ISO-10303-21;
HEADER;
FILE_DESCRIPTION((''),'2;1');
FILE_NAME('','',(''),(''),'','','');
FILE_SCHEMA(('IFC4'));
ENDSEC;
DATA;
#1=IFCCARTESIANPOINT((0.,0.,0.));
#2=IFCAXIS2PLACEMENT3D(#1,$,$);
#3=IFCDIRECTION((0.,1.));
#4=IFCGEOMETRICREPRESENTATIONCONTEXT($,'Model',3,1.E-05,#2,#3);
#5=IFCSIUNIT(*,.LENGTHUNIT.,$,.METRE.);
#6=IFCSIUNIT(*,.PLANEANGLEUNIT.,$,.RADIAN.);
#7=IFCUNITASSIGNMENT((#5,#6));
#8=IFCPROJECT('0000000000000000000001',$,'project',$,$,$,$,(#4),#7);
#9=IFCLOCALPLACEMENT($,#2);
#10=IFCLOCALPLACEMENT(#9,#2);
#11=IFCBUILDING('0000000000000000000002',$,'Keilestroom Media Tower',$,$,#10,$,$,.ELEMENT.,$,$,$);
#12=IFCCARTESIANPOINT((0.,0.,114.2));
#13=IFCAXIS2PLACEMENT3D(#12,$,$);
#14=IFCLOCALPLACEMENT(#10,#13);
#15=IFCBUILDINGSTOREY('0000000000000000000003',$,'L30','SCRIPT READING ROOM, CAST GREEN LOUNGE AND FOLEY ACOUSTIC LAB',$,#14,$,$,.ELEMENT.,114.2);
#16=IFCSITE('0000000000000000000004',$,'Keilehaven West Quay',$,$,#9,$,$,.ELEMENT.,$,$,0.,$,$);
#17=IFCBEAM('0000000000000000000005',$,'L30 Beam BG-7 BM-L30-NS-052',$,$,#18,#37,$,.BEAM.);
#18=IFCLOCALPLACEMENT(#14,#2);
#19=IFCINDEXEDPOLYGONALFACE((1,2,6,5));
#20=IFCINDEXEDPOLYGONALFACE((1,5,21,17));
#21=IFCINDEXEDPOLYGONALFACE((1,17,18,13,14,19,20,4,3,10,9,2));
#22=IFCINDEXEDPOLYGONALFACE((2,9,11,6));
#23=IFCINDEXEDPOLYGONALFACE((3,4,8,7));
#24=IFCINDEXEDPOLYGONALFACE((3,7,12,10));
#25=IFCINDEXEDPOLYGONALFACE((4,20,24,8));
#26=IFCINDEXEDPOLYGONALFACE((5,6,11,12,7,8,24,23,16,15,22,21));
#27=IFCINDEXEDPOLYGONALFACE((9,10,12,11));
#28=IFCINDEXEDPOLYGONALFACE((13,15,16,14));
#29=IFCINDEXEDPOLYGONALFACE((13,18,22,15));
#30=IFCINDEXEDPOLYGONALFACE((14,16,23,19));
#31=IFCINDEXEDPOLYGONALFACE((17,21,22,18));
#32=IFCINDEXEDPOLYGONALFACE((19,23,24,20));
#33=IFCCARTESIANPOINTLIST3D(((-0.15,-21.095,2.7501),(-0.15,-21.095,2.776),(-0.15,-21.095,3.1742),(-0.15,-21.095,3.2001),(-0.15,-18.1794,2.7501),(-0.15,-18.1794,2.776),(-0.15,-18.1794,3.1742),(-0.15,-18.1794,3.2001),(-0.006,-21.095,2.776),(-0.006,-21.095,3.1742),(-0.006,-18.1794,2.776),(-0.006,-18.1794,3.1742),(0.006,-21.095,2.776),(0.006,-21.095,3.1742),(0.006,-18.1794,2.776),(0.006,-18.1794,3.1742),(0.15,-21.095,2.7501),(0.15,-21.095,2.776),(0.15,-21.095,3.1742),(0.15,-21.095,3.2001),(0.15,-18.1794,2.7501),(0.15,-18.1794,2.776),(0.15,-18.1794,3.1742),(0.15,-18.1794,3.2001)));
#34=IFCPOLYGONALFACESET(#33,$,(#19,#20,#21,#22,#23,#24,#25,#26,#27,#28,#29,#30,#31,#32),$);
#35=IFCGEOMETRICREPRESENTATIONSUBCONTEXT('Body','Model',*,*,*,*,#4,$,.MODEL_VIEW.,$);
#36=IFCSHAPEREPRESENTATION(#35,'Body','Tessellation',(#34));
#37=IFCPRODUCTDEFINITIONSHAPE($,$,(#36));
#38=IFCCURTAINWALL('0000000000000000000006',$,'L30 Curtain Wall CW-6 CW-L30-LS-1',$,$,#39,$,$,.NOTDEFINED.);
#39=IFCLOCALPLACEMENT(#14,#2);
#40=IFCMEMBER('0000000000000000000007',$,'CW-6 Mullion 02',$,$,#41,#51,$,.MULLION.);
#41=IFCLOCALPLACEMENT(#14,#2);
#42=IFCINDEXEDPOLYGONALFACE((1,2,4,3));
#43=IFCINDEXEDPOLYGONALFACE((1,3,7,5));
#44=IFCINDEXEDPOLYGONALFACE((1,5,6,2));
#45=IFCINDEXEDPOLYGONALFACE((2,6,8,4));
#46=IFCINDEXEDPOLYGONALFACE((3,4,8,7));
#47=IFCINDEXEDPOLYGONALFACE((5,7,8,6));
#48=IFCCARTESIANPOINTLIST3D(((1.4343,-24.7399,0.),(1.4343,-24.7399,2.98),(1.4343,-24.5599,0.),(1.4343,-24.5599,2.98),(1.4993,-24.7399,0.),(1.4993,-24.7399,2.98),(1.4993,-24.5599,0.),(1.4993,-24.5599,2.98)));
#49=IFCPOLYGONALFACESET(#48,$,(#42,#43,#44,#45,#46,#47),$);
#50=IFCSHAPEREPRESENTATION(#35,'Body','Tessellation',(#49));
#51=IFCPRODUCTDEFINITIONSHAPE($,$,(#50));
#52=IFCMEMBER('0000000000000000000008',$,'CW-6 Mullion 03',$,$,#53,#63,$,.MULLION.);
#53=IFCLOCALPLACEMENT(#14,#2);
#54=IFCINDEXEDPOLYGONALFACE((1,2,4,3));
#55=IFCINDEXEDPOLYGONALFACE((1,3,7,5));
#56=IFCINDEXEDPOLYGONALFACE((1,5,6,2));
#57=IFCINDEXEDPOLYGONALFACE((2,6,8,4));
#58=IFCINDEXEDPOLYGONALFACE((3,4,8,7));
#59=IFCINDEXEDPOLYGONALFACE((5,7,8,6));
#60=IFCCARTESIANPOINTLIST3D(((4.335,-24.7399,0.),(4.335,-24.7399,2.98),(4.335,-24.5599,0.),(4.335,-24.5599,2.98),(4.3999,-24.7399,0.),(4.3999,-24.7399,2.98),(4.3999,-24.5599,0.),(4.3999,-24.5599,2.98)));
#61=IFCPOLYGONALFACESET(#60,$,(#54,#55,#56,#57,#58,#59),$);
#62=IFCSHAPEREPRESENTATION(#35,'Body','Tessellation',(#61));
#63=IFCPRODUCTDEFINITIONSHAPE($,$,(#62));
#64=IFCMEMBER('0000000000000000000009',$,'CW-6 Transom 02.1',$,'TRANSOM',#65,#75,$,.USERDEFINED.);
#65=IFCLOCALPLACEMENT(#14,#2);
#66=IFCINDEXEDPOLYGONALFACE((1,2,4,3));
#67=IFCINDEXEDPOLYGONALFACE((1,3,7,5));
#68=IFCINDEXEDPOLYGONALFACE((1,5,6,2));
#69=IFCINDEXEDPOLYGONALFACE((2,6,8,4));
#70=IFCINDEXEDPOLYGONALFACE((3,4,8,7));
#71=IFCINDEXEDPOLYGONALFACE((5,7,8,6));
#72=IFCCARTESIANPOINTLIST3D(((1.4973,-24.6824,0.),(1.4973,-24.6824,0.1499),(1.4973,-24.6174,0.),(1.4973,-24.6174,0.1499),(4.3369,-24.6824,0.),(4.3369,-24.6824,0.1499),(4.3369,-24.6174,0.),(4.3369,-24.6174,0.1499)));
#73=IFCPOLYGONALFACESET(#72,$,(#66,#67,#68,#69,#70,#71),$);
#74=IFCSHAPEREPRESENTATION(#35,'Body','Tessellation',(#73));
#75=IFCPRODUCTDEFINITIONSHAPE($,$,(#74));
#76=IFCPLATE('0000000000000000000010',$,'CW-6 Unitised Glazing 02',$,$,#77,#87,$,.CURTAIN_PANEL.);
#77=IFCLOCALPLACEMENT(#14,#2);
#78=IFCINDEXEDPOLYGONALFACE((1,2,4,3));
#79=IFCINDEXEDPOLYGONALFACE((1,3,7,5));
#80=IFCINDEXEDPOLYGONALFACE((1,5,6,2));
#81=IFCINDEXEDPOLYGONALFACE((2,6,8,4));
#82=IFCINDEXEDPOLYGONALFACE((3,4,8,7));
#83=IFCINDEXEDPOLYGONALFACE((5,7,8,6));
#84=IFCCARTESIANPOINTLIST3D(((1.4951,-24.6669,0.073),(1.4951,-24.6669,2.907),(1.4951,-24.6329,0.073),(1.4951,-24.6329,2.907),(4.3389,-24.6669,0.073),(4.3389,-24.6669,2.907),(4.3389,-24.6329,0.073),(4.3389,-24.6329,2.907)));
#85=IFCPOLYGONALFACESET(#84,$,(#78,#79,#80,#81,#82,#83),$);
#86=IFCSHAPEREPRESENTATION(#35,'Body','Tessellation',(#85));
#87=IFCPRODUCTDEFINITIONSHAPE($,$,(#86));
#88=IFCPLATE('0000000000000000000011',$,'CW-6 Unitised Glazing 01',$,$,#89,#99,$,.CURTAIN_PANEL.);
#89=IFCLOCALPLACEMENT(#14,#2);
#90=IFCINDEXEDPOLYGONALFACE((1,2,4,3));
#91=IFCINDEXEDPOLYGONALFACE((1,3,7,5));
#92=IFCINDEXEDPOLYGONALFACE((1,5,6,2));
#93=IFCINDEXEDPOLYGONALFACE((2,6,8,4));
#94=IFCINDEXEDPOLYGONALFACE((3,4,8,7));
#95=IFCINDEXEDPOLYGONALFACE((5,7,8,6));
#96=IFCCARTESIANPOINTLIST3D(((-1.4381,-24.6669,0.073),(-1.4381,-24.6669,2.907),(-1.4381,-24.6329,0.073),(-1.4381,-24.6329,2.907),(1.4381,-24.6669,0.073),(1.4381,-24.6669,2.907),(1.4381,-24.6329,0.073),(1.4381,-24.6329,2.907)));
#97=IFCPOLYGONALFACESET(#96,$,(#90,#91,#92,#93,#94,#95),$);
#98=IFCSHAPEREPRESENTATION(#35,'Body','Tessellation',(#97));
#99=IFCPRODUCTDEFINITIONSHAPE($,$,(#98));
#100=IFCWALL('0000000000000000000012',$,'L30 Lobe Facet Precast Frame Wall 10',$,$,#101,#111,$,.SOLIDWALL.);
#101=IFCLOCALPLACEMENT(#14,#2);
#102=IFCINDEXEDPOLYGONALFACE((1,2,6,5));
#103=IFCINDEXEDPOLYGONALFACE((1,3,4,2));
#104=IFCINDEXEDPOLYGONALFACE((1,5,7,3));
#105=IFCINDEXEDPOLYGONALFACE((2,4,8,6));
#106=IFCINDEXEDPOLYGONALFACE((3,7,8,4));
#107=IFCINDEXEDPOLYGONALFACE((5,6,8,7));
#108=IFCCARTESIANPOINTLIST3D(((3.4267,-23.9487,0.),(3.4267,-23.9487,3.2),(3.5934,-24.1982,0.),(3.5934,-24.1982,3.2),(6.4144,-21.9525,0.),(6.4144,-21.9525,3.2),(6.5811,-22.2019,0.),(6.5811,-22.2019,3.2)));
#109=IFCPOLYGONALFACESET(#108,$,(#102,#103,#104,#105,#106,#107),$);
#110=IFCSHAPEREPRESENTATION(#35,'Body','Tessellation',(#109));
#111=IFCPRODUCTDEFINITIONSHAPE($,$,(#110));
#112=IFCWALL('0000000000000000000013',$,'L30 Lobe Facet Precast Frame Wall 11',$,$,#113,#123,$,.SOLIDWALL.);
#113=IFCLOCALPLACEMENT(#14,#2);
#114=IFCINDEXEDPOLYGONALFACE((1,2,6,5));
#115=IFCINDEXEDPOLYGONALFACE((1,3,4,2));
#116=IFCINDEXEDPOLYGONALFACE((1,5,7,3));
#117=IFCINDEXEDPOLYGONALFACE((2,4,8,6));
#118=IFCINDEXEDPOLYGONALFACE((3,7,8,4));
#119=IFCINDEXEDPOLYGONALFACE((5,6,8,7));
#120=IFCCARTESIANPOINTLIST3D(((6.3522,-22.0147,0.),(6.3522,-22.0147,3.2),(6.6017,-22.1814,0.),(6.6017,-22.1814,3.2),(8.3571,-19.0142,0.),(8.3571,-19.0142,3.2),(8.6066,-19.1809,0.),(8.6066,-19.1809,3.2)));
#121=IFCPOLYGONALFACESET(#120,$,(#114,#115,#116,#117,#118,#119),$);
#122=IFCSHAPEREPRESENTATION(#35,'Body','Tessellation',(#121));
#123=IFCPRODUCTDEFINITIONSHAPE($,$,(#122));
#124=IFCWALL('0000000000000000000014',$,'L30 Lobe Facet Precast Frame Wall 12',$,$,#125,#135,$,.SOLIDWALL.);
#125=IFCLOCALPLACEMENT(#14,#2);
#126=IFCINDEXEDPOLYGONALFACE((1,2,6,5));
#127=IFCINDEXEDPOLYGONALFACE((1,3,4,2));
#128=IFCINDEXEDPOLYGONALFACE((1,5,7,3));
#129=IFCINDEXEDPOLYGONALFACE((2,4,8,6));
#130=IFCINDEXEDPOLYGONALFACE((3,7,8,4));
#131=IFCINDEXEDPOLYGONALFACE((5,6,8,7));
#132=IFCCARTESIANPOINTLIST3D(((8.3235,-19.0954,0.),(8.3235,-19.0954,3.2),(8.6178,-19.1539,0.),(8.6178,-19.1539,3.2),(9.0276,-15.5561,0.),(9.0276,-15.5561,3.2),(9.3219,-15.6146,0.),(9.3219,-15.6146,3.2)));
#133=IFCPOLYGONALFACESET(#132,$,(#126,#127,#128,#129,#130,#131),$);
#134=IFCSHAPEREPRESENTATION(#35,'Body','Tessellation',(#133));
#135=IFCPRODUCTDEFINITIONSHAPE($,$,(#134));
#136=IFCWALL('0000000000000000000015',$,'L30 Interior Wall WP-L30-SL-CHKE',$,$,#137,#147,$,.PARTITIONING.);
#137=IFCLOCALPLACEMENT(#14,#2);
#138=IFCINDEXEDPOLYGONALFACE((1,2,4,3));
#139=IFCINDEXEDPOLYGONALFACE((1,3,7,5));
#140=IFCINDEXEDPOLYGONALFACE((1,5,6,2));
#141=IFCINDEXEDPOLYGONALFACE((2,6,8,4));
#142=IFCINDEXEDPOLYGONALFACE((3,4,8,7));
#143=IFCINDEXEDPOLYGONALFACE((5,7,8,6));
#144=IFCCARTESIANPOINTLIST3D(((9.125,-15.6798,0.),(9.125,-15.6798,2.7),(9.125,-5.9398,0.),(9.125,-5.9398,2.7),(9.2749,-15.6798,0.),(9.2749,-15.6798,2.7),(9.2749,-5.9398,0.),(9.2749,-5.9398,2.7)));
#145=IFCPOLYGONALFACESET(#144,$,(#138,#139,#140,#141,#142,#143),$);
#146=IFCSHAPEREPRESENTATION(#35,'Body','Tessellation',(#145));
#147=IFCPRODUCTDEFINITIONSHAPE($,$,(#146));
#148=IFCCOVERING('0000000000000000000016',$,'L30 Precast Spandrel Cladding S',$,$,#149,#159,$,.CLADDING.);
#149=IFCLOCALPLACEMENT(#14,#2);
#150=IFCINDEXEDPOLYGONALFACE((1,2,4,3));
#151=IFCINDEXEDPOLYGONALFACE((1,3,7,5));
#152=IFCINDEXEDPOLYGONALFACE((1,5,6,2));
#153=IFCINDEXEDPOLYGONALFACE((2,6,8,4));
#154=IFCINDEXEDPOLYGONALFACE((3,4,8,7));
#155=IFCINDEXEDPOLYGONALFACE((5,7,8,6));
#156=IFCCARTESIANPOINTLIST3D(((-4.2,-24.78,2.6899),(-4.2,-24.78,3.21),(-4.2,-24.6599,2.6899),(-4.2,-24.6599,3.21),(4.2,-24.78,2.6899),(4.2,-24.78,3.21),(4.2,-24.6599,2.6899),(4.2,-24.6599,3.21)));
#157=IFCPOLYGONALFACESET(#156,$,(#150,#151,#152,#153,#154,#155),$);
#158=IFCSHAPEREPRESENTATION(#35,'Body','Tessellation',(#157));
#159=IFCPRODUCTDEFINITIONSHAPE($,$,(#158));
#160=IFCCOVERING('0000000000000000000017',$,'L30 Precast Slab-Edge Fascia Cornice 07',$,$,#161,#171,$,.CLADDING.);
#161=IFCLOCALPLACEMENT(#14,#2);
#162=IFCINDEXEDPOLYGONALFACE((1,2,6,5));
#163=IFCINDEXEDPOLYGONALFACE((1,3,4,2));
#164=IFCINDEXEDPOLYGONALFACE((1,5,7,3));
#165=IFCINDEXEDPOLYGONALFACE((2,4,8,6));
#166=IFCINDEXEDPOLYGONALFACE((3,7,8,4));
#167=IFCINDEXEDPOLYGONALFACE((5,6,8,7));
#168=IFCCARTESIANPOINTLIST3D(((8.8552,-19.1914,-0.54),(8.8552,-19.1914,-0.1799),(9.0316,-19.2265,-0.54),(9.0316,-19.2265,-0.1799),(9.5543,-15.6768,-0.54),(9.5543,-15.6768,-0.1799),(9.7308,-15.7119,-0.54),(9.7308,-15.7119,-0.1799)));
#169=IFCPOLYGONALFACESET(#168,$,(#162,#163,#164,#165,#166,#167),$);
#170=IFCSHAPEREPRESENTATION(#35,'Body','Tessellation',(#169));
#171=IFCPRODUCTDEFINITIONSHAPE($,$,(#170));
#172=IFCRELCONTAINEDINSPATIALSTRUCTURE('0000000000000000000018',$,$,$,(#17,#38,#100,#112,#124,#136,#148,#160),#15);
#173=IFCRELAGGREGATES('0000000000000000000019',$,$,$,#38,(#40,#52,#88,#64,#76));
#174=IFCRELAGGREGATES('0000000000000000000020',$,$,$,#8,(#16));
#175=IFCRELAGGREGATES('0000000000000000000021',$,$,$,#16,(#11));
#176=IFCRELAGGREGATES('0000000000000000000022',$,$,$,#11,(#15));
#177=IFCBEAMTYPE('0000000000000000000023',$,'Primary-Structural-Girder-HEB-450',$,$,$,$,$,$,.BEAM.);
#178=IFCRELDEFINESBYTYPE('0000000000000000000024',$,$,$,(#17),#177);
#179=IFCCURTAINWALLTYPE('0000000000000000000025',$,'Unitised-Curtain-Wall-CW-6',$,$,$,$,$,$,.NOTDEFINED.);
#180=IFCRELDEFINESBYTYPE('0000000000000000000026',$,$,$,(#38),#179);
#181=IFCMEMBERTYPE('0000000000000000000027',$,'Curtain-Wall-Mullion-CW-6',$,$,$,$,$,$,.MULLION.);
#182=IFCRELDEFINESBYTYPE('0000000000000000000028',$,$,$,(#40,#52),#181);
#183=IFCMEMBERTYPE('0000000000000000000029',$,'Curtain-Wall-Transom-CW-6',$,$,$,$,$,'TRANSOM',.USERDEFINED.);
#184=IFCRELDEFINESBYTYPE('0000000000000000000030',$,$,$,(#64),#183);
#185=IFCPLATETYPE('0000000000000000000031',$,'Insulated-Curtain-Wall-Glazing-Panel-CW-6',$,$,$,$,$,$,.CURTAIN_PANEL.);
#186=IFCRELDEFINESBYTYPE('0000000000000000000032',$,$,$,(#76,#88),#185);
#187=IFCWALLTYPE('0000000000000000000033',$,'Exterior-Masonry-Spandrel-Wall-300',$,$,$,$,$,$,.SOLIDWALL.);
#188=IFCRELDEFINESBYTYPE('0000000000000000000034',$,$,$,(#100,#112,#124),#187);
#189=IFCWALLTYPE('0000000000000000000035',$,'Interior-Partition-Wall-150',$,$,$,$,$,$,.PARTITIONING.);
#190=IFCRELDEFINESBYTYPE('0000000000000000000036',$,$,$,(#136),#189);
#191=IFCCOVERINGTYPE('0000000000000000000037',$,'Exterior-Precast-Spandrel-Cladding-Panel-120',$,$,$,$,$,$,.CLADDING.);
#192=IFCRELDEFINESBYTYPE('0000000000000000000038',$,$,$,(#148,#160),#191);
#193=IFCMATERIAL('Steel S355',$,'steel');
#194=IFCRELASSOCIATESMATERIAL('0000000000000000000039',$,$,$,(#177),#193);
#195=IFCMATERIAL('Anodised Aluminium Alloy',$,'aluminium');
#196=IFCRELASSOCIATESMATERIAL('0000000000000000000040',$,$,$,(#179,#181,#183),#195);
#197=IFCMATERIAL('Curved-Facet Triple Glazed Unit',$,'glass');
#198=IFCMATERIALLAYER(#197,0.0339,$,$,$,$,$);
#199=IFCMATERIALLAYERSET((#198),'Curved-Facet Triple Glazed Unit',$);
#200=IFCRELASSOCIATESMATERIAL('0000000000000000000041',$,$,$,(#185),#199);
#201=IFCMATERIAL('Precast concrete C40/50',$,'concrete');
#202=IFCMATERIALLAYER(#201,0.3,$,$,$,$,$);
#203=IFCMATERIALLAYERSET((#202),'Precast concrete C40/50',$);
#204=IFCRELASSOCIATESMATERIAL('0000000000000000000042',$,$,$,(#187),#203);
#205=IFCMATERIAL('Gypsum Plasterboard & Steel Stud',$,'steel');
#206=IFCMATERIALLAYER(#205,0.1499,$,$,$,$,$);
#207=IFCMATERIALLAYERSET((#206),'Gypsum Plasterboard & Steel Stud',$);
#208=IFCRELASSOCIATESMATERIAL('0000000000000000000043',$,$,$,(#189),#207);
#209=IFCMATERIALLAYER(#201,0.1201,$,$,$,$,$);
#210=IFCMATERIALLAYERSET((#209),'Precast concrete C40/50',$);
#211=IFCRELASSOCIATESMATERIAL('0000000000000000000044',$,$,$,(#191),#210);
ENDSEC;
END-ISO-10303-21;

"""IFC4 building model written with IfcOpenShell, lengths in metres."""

from ifc_helpers import new_model, si_unit, direction, frame, frame_2d, origin, origin_2d, place, context, subcontext, project, spatial, rectangle, i_section, extrude, source, transform, mapped, material, layer, layer_set, material_profile, profile_set, type_object, element, aggregate, save


model = new_model("IFC4")

# Units and contexts
model_context = context("Model", 3, precision=1e-05, world=origin(), true_north=direction((0.0, 1.0)))
body_context = subcontext(model_context, "Body", "Model", "MODEL_VIEW")
ifc_project = project(units=[si_unit("LENGTHUNIT", "METRE"), si_unit("PLANEANGLEUNIT", "RADIAN")], contexts=[model_context])

# Site, building, storey
site_placement = place(None, origin())
site = spatial("IfcSite", under=ifc_project, at=site_placement, Name="Keilehaven West Quay", CompositionType="ELEMENT", RefElevation=0.0)
building_placement = place(site_placement, origin())
building = spatial("IfcBuilding", under=site, at=building_placement, Name="Keilestroom Media Tower", CompositionType="ELEMENT")
storey_placement = place(building_placement, frame((0.0, 0.0, 114.2)))
storey = spatial("IfcBuildingStorey", under=building, at=storey_placement, Name="L30", Description="SCRIPT READING ROOM, CAST GREEN LOUNGE AND FOLEY ACOUSTIC LAB", CompositionType="ELEMENT", Elevation=114.2)

# Shared definitions
ifc_material_1 = material(Name="Steel S355", Category="steel")

# Beam
ifc_material_profile_1 = material_profile(ifc_material_1, i_section(OverallWidth=0.3, OverallDepth=0.45, WebThickness=0.012, FlangeThickness=0.0259, at=origin_2d()), Name="HEB 450")
ifc_profile_set_1 = profile_set([ifc_material_profile_1], Name="Steel S355")
beam_type_1 = type_object("IfcBeamType", Name="Primary-Structural-Girder-HEB-450", PredefinedType="BEAM", material=ifc_profile_set_1)
shared_shape_1 = source(origin(), body_context, "Body", "SweptSolid", [
    extrude(i_section(OverallWidth=0.3, OverallDepth=0.45, WebThickness=0.012, FlangeThickness=0.0259, at=origin_2d()), origin(), (0.0, 0.0, 1.0), 2.9155),
])
beam_1_placement = place(storey_placement, frame((0.0, -21.095, 2.9751), z_axis=(0.0, 1.0, 0.0), x_axis=(-1.0, 0.0, 0.0)))
element("IfcBeam", 1, at=beam_1_placement, inside=storey, type_object=beam_type_1, Name="L30 Beam BG-7 BM-L30-NS-052", PredefinedType="BEAM", context=body_context, shape_type="MappedRepresentation", body=[
    mapped(shared_shape_1, transform((0.0, 0.0, 0.0), x_axis=(1.0, 0.0, 0.0), y_axis=(0.0, 1.0, 0.0), z_axis=(0.0, 0.0, 1.0), scale=1.0)),
])

# Curtain wall, members, plates
ifc_material_2 = material(Name="Anodised Aluminium Alloy", Category="aluminium")
curtain_wall_type = type_object("IfcCurtainWallType", Name="Unitised-Curtain-Wall-CW-6", PredefinedType="NOTDEFINED", material=ifc_material_2)
curtain_wall_placement = place(storey_placement, origin())
curtain_wall = element("IfcCurtainWall", 2, at=curtain_wall_placement, inside=storey, type_object=curtain_wall_type, Name="L30 Curtain Wall CW-6 CW-L30-LS-1", PredefinedType="NOTDEFINED")
ifc_material_profile_2 = material_profile(ifc_material_2, rectangle(XDim=0.0649, YDim=0.1799, at=origin_2d()), Name="ALU MULLION 65x180")
ifc_profile_set_2 = profile_set([ifc_material_profile_2], Name="Anodised Aluminium Alloy")
member_type_1 = type_object("IfcMemberType", Name="Curtain-Wall-Mullion-CW-6", PredefinedType="MULLION", material=ifc_profile_set_2)
shared_shape_2 = source(origin(), body_context, "Body", "SweptSolid", [
    extrude(rectangle(XDim=0.0649, YDim=0.1799, at=origin_2d()), origin(), (0.0, 0.0, 1.0), 2.98),
])
member_1_placement = place(storey_placement, frame((1.4668, -24.6499, 0.0), z_axis=(0.0, 0.0, 1.0), x_axis=(1.0, 0.0, 0.0)))
member_1 = element("IfcMember", 3, at=member_1_placement, type_object=member_type_1, Name="CW-6 Mullion 02", PredefinedType="MULLION", context=body_context, shape_type="MappedRepresentation", body=[
    mapped(shared_shape_2, transform((0.0, 0.0, 0.0), x_axis=(1.0, 0.0, 0.0), y_axis=(0.0, 1.0, 0.0), z_axis=(0.0, 0.0, 1.0), scale=1.0)),
])
member_2_placement = place(storey_placement, frame((4.3674, -24.6499, 0.0), z_axis=(0.0, 0.0, 1.0), x_axis=(1.0, 0.0, 0.0)))
member_2 = element("IfcMember", 4, at=member_2_placement, type_object=member_type_1, Name="CW-6 Mullion 03", PredefinedType="MULLION", context=body_context, shape_type="MappedRepresentation", body=[
    mapped(shared_shape_2, transform((0.0, 0.0, 0.0), x_axis=(1.0, 0.0, 0.0), y_axis=(0.0, 1.0, 0.0), z_axis=(0.0, 0.0, 1.0), scale=1.0)),
])
ifc_material_profile_3 = material_profile(ifc_material_2, rectangle(XDim=0.0649, YDim=0.1499, at=origin_2d()), Name="ALU TRANSOM 65x150")
ifc_profile_set_3 = profile_set([ifc_material_profile_3], Name="Anodised Aluminium Alloy")
member_type_2 = type_object("IfcMemberType", Name="Curtain-Wall-Transom-CW-6", ElementType="TRANSOM", PredefinedType="USERDEFINED", material=ifc_profile_set_3)
shared_shape_3 = source(origin(), body_context, "Body", "SweptSolid", [
    extrude(rectangle(XDim=0.0649, YDim=0.1499, at=origin_2d()), origin(), (0.0, 0.0, 1.0), 2.8396),
])
member_3_placement = place(storey_placement, frame((1.4973, -24.6499, 0.075), z_axis=(1.0, 0.0, 0.0), x_axis=(0.0, 1.0, 0.0)))
member_3 = element("IfcMember", 5, at=member_3_placement, type_object=member_type_2, Name="CW-6 Transom 02.1", ObjectType="TRANSOM", PredefinedType="USERDEFINED", context=body_context, shape_type="MappedRepresentation", body=[
    mapped(shared_shape_3, transform((0.0, 0.0, 0.0), x_axis=(1.0, 0.0, 0.0), y_axis=(0.0, 1.0, 0.0), z_axis=(0.0, 0.0, 1.0), scale=1.0)),
])
ifc_material_3 = material(Name="Curved-Facet Triple Glazed Unit", Category="glass")
ifc_layer_1 = layer(ifc_material_3, 0.0339)
ifc_layer_set_1 = layer_set([ifc_layer_1], Name="Curved-Facet Triple Glazed Unit")
plate_type = type_object("IfcPlateType", Name="Insulated-Curtain-Wall-Glazing-Panel-CW-6", PredefinedType="CURTAIN_PANEL", material=ifc_layer_set_1)
shared_shape_4 = source(origin(), body_context, "Body", "SweptSolid", [
    extrude(rectangle(XDim=2.8438, YDim=0.0339, at=origin_2d()), origin(), (0.0, 0.0, 1.0), 2.834),
])
plate_1_placement = place(storey_placement, frame((2.917, -24.6499, 0.073), z_axis=(0.0, 0.0, 1.0), x_axis=(1.0, 0.0, 0.0)))
plate_1 = element("IfcPlate", 6, at=plate_1_placement, type_object=plate_type, Name="CW-6 Unitised Glazing 02", PredefinedType="CURTAIN_PANEL", context=body_context, shape_type="MappedRepresentation", body=[
    mapped(shared_shape_4, transform((0.0, 0.0, 0.0), x_axis=(1.0, 0.0, 0.0), y_axis=(0.0, 1.0, 0.0), z_axis=(0.0, 0.0, 1.0), scale=1.0)),
])
shared_shape_5 = source(origin(), body_context, "Body", "SweptSolid", [
    extrude(rectangle(XDim=2.8762, YDim=0.0339, at=origin_2d()), origin(), (0.0, 0.0, 1.0), 2.834),
])
plate_2_placement = place(storey_placement, frame((0.0, -24.6499, 0.073), z_axis=(0.0, 0.0, 1.0), x_axis=(1.0, 0.0, 0.0)))
plate_2 = element("IfcPlate", 7, at=plate_2_placement, type_object=plate_type, Name="CW-6 Unitised Glazing 01", PredefinedType="CURTAIN_PANEL", context=body_context, shape_type="MappedRepresentation", body=[
    mapped(shared_shape_5, transform((0.0, 0.0, 0.0), x_axis=(1.0, 0.0, 0.0), y_axis=(0.0, 1.0, 0.0), z_axis=(0.0, 0.0, 1.0), scale=1.0)),
])
aggregate(curtain_wall, [member_1, member_2, plate_2, member_3, plate_1])

# Walls
ifc_material_4 = material(Name="Precast concrete C40/50", Category="concrete")
ifc_layer_2 = layer(ifc_material_4, 0.3)
ifc_layer_set_2 = layer_set([ifc_layer_2], Name="Precast concrete C40/50")
wall_type_1 = type_object("IfcWallType", Name="Exterior-Masonry-Spandrel-Wall-300", PredefinedType="SOLIDWALL", material=ifc_layer_set_2)
wall_1_placement = place(storey_placement, frame((3.51, -24.0735, 0.0), z_axis=(0.0, 0.0, 1.0), x_axis=(0.831475, 0.555562, 0.0)))
element("IfcWall", 8, at=wall_1_placement, inside=storey, type_object=wall_type_1, Name="L30 Lobe Facet Precast Frame Wall 10", PredefinedType="SOLIDWALL", context=body_context, shape_type="SweptSolid", body=[
    extrude(rectangle(XDim=3.5933, YDim=0.3, at=frame_2d((1.7966, 0.0))), origin(), (0.0, 0.0, 1.0), 3.2),
])
for number, where, z_axis, x_axis, name in (
    (9, (6.4771, -22.0979, 0.0), (0.0, 0.0, 1.0), (0.555574, 0.831467, 0.0), "L30 Lobe Facet Precast Frame Wall 11"),
    (10, (8.4707, -19.1245, 0.0), (0.0, 0.0, 1.0), (0.195114, 0.980781, 0.0), "L30 Lobe Facet Precast Frame Wall 12"),
):
    element("IfcWall", number, at=place(storey_placement, frame(where, z_axis=z_axis, x_axis=x_axis)), inside=storey, type_object=wall_type_1, Name=name, PredefinedType="SOLIDWALL", context=body_context, shape_type="SweptSolid", body=[
        extrude(rectangle(XDim=3.6086, YDim=0.3, at=frame_2d((1.8042, 0.0))), origin(), (0.0, 0.0, 1.0), 3.2),
    ])
ifc_material_5 = material(Name="Gypsum Plasterboard & Steel Stud", Category="steel")
ifc_layer_3 = layer(ifc_material_5, 0.1499)
ifc_layer_set_3 = layer_set([ifc_layer_3], Name="Gypsum Plasterboard & Steel Stud")
wall_type_2 = type_object("IfcWallType", Name="Interior-Partition-Wall-150", PredefinedType="PARTITIONING", material=ifc_layer_set_3)
wall_2_placement = place(storey_placement, frame((9.2, -15.6799, 0.0), z_axis=(0.0, 0.0, 1.0), x_axis=(0.0, 1.0, 0.0)))
element("IfcWall", 11, at=wall_2_placement, inside=storey, type_object=wall_type_2, Name="L30 Interior Wall WP-L30-SL-CHKE", PredefinedType="PARTITIONING", context=body_context, shape_type="SweptSolid", body=[
    extrude(rectangle(XDim=9.74, YDim=0.1499, at=frame_2d((4.8701, 0.0))), origin(), (0.0, 0.0, 1.0), 2.7),
])

# Coverings
ifc_layer_4 = layer(ifc_material_4, 0.1201)
ifc_layer_set_4 = layer_set([ifc_layer_4], Name="Precast concrete C40/50")
covering_type = type_object("IfcCoveringType", Name="Exterior-Precast-Spandrel-Cladding-Panel-120", PredefinedType="CLADDING", material=ifc_layer_set_4)
shared_shape_6 = source(origin(), body_context, "Body", "SweptSolid", [
    extrude(rectangle(XDim=8.3999, YDim=0.1201, at=origin_2d()), origin(), (0.0, 0.0, 1.0), 0.52),
])
covering_1_placement = place(storey_placement, frame((0.0, -24.72, 2.6899), z_axis=(0.0, 0.0, 1.0), x_axis=(1.0, 0.0, 0.0)))
element("IfcCovering", 12, at=covering_1_placement, inside=storey, type_object=covering_type, Name="L30 Precast Spandrel Cladding S", PredefinedType="CLADDING", context=body_context, shape_type="MappedRepresentation", body=[
    mapped(shared_shape_6, transform((0.0, 0.0, 0.0), x_axis=(1.0, 0.0, 0.0), y_axis=(0.0, 1.0, 0.0), z_axis=(0.0, 0.0, 1.0), scale=1.0)),
])
shared_shape_7 = source(origin(), body_context, "Body", "SweptSolid", [
    extrude(rectangle(XDim=3.5835, YDim=0.1799, at=origin_2d()), origin(), (0.0, 0.0, 1.0), 0.3601),
])
covering_2_placement = place(storey_placement, frame((9.293, -17.4517, -0.54), z_axis=(0.0, 0.0, 1.0), x_axis=(-0.195099, -0.980784, 0.0)))
element("IfcCovering", 13, at=covering_2_placement, inside=storey, type_object=covering_type, Name="L30 Precast Slab-Edge Fascia Cornice 07", PredefinedType="CLADDING", context=body_context, shape_type="MappedRepresentation", body=[
    mapped(shared_shape_7, transform((0.0, 0.0, 0.0), x_axis=(1.0, 0.0, 0.0), y_axis=(0.0, 1.0, 0.0), z_axis=(0.0, 0.0, 1.0), scale=1.0)),
])

save(model, "model.ifc")
